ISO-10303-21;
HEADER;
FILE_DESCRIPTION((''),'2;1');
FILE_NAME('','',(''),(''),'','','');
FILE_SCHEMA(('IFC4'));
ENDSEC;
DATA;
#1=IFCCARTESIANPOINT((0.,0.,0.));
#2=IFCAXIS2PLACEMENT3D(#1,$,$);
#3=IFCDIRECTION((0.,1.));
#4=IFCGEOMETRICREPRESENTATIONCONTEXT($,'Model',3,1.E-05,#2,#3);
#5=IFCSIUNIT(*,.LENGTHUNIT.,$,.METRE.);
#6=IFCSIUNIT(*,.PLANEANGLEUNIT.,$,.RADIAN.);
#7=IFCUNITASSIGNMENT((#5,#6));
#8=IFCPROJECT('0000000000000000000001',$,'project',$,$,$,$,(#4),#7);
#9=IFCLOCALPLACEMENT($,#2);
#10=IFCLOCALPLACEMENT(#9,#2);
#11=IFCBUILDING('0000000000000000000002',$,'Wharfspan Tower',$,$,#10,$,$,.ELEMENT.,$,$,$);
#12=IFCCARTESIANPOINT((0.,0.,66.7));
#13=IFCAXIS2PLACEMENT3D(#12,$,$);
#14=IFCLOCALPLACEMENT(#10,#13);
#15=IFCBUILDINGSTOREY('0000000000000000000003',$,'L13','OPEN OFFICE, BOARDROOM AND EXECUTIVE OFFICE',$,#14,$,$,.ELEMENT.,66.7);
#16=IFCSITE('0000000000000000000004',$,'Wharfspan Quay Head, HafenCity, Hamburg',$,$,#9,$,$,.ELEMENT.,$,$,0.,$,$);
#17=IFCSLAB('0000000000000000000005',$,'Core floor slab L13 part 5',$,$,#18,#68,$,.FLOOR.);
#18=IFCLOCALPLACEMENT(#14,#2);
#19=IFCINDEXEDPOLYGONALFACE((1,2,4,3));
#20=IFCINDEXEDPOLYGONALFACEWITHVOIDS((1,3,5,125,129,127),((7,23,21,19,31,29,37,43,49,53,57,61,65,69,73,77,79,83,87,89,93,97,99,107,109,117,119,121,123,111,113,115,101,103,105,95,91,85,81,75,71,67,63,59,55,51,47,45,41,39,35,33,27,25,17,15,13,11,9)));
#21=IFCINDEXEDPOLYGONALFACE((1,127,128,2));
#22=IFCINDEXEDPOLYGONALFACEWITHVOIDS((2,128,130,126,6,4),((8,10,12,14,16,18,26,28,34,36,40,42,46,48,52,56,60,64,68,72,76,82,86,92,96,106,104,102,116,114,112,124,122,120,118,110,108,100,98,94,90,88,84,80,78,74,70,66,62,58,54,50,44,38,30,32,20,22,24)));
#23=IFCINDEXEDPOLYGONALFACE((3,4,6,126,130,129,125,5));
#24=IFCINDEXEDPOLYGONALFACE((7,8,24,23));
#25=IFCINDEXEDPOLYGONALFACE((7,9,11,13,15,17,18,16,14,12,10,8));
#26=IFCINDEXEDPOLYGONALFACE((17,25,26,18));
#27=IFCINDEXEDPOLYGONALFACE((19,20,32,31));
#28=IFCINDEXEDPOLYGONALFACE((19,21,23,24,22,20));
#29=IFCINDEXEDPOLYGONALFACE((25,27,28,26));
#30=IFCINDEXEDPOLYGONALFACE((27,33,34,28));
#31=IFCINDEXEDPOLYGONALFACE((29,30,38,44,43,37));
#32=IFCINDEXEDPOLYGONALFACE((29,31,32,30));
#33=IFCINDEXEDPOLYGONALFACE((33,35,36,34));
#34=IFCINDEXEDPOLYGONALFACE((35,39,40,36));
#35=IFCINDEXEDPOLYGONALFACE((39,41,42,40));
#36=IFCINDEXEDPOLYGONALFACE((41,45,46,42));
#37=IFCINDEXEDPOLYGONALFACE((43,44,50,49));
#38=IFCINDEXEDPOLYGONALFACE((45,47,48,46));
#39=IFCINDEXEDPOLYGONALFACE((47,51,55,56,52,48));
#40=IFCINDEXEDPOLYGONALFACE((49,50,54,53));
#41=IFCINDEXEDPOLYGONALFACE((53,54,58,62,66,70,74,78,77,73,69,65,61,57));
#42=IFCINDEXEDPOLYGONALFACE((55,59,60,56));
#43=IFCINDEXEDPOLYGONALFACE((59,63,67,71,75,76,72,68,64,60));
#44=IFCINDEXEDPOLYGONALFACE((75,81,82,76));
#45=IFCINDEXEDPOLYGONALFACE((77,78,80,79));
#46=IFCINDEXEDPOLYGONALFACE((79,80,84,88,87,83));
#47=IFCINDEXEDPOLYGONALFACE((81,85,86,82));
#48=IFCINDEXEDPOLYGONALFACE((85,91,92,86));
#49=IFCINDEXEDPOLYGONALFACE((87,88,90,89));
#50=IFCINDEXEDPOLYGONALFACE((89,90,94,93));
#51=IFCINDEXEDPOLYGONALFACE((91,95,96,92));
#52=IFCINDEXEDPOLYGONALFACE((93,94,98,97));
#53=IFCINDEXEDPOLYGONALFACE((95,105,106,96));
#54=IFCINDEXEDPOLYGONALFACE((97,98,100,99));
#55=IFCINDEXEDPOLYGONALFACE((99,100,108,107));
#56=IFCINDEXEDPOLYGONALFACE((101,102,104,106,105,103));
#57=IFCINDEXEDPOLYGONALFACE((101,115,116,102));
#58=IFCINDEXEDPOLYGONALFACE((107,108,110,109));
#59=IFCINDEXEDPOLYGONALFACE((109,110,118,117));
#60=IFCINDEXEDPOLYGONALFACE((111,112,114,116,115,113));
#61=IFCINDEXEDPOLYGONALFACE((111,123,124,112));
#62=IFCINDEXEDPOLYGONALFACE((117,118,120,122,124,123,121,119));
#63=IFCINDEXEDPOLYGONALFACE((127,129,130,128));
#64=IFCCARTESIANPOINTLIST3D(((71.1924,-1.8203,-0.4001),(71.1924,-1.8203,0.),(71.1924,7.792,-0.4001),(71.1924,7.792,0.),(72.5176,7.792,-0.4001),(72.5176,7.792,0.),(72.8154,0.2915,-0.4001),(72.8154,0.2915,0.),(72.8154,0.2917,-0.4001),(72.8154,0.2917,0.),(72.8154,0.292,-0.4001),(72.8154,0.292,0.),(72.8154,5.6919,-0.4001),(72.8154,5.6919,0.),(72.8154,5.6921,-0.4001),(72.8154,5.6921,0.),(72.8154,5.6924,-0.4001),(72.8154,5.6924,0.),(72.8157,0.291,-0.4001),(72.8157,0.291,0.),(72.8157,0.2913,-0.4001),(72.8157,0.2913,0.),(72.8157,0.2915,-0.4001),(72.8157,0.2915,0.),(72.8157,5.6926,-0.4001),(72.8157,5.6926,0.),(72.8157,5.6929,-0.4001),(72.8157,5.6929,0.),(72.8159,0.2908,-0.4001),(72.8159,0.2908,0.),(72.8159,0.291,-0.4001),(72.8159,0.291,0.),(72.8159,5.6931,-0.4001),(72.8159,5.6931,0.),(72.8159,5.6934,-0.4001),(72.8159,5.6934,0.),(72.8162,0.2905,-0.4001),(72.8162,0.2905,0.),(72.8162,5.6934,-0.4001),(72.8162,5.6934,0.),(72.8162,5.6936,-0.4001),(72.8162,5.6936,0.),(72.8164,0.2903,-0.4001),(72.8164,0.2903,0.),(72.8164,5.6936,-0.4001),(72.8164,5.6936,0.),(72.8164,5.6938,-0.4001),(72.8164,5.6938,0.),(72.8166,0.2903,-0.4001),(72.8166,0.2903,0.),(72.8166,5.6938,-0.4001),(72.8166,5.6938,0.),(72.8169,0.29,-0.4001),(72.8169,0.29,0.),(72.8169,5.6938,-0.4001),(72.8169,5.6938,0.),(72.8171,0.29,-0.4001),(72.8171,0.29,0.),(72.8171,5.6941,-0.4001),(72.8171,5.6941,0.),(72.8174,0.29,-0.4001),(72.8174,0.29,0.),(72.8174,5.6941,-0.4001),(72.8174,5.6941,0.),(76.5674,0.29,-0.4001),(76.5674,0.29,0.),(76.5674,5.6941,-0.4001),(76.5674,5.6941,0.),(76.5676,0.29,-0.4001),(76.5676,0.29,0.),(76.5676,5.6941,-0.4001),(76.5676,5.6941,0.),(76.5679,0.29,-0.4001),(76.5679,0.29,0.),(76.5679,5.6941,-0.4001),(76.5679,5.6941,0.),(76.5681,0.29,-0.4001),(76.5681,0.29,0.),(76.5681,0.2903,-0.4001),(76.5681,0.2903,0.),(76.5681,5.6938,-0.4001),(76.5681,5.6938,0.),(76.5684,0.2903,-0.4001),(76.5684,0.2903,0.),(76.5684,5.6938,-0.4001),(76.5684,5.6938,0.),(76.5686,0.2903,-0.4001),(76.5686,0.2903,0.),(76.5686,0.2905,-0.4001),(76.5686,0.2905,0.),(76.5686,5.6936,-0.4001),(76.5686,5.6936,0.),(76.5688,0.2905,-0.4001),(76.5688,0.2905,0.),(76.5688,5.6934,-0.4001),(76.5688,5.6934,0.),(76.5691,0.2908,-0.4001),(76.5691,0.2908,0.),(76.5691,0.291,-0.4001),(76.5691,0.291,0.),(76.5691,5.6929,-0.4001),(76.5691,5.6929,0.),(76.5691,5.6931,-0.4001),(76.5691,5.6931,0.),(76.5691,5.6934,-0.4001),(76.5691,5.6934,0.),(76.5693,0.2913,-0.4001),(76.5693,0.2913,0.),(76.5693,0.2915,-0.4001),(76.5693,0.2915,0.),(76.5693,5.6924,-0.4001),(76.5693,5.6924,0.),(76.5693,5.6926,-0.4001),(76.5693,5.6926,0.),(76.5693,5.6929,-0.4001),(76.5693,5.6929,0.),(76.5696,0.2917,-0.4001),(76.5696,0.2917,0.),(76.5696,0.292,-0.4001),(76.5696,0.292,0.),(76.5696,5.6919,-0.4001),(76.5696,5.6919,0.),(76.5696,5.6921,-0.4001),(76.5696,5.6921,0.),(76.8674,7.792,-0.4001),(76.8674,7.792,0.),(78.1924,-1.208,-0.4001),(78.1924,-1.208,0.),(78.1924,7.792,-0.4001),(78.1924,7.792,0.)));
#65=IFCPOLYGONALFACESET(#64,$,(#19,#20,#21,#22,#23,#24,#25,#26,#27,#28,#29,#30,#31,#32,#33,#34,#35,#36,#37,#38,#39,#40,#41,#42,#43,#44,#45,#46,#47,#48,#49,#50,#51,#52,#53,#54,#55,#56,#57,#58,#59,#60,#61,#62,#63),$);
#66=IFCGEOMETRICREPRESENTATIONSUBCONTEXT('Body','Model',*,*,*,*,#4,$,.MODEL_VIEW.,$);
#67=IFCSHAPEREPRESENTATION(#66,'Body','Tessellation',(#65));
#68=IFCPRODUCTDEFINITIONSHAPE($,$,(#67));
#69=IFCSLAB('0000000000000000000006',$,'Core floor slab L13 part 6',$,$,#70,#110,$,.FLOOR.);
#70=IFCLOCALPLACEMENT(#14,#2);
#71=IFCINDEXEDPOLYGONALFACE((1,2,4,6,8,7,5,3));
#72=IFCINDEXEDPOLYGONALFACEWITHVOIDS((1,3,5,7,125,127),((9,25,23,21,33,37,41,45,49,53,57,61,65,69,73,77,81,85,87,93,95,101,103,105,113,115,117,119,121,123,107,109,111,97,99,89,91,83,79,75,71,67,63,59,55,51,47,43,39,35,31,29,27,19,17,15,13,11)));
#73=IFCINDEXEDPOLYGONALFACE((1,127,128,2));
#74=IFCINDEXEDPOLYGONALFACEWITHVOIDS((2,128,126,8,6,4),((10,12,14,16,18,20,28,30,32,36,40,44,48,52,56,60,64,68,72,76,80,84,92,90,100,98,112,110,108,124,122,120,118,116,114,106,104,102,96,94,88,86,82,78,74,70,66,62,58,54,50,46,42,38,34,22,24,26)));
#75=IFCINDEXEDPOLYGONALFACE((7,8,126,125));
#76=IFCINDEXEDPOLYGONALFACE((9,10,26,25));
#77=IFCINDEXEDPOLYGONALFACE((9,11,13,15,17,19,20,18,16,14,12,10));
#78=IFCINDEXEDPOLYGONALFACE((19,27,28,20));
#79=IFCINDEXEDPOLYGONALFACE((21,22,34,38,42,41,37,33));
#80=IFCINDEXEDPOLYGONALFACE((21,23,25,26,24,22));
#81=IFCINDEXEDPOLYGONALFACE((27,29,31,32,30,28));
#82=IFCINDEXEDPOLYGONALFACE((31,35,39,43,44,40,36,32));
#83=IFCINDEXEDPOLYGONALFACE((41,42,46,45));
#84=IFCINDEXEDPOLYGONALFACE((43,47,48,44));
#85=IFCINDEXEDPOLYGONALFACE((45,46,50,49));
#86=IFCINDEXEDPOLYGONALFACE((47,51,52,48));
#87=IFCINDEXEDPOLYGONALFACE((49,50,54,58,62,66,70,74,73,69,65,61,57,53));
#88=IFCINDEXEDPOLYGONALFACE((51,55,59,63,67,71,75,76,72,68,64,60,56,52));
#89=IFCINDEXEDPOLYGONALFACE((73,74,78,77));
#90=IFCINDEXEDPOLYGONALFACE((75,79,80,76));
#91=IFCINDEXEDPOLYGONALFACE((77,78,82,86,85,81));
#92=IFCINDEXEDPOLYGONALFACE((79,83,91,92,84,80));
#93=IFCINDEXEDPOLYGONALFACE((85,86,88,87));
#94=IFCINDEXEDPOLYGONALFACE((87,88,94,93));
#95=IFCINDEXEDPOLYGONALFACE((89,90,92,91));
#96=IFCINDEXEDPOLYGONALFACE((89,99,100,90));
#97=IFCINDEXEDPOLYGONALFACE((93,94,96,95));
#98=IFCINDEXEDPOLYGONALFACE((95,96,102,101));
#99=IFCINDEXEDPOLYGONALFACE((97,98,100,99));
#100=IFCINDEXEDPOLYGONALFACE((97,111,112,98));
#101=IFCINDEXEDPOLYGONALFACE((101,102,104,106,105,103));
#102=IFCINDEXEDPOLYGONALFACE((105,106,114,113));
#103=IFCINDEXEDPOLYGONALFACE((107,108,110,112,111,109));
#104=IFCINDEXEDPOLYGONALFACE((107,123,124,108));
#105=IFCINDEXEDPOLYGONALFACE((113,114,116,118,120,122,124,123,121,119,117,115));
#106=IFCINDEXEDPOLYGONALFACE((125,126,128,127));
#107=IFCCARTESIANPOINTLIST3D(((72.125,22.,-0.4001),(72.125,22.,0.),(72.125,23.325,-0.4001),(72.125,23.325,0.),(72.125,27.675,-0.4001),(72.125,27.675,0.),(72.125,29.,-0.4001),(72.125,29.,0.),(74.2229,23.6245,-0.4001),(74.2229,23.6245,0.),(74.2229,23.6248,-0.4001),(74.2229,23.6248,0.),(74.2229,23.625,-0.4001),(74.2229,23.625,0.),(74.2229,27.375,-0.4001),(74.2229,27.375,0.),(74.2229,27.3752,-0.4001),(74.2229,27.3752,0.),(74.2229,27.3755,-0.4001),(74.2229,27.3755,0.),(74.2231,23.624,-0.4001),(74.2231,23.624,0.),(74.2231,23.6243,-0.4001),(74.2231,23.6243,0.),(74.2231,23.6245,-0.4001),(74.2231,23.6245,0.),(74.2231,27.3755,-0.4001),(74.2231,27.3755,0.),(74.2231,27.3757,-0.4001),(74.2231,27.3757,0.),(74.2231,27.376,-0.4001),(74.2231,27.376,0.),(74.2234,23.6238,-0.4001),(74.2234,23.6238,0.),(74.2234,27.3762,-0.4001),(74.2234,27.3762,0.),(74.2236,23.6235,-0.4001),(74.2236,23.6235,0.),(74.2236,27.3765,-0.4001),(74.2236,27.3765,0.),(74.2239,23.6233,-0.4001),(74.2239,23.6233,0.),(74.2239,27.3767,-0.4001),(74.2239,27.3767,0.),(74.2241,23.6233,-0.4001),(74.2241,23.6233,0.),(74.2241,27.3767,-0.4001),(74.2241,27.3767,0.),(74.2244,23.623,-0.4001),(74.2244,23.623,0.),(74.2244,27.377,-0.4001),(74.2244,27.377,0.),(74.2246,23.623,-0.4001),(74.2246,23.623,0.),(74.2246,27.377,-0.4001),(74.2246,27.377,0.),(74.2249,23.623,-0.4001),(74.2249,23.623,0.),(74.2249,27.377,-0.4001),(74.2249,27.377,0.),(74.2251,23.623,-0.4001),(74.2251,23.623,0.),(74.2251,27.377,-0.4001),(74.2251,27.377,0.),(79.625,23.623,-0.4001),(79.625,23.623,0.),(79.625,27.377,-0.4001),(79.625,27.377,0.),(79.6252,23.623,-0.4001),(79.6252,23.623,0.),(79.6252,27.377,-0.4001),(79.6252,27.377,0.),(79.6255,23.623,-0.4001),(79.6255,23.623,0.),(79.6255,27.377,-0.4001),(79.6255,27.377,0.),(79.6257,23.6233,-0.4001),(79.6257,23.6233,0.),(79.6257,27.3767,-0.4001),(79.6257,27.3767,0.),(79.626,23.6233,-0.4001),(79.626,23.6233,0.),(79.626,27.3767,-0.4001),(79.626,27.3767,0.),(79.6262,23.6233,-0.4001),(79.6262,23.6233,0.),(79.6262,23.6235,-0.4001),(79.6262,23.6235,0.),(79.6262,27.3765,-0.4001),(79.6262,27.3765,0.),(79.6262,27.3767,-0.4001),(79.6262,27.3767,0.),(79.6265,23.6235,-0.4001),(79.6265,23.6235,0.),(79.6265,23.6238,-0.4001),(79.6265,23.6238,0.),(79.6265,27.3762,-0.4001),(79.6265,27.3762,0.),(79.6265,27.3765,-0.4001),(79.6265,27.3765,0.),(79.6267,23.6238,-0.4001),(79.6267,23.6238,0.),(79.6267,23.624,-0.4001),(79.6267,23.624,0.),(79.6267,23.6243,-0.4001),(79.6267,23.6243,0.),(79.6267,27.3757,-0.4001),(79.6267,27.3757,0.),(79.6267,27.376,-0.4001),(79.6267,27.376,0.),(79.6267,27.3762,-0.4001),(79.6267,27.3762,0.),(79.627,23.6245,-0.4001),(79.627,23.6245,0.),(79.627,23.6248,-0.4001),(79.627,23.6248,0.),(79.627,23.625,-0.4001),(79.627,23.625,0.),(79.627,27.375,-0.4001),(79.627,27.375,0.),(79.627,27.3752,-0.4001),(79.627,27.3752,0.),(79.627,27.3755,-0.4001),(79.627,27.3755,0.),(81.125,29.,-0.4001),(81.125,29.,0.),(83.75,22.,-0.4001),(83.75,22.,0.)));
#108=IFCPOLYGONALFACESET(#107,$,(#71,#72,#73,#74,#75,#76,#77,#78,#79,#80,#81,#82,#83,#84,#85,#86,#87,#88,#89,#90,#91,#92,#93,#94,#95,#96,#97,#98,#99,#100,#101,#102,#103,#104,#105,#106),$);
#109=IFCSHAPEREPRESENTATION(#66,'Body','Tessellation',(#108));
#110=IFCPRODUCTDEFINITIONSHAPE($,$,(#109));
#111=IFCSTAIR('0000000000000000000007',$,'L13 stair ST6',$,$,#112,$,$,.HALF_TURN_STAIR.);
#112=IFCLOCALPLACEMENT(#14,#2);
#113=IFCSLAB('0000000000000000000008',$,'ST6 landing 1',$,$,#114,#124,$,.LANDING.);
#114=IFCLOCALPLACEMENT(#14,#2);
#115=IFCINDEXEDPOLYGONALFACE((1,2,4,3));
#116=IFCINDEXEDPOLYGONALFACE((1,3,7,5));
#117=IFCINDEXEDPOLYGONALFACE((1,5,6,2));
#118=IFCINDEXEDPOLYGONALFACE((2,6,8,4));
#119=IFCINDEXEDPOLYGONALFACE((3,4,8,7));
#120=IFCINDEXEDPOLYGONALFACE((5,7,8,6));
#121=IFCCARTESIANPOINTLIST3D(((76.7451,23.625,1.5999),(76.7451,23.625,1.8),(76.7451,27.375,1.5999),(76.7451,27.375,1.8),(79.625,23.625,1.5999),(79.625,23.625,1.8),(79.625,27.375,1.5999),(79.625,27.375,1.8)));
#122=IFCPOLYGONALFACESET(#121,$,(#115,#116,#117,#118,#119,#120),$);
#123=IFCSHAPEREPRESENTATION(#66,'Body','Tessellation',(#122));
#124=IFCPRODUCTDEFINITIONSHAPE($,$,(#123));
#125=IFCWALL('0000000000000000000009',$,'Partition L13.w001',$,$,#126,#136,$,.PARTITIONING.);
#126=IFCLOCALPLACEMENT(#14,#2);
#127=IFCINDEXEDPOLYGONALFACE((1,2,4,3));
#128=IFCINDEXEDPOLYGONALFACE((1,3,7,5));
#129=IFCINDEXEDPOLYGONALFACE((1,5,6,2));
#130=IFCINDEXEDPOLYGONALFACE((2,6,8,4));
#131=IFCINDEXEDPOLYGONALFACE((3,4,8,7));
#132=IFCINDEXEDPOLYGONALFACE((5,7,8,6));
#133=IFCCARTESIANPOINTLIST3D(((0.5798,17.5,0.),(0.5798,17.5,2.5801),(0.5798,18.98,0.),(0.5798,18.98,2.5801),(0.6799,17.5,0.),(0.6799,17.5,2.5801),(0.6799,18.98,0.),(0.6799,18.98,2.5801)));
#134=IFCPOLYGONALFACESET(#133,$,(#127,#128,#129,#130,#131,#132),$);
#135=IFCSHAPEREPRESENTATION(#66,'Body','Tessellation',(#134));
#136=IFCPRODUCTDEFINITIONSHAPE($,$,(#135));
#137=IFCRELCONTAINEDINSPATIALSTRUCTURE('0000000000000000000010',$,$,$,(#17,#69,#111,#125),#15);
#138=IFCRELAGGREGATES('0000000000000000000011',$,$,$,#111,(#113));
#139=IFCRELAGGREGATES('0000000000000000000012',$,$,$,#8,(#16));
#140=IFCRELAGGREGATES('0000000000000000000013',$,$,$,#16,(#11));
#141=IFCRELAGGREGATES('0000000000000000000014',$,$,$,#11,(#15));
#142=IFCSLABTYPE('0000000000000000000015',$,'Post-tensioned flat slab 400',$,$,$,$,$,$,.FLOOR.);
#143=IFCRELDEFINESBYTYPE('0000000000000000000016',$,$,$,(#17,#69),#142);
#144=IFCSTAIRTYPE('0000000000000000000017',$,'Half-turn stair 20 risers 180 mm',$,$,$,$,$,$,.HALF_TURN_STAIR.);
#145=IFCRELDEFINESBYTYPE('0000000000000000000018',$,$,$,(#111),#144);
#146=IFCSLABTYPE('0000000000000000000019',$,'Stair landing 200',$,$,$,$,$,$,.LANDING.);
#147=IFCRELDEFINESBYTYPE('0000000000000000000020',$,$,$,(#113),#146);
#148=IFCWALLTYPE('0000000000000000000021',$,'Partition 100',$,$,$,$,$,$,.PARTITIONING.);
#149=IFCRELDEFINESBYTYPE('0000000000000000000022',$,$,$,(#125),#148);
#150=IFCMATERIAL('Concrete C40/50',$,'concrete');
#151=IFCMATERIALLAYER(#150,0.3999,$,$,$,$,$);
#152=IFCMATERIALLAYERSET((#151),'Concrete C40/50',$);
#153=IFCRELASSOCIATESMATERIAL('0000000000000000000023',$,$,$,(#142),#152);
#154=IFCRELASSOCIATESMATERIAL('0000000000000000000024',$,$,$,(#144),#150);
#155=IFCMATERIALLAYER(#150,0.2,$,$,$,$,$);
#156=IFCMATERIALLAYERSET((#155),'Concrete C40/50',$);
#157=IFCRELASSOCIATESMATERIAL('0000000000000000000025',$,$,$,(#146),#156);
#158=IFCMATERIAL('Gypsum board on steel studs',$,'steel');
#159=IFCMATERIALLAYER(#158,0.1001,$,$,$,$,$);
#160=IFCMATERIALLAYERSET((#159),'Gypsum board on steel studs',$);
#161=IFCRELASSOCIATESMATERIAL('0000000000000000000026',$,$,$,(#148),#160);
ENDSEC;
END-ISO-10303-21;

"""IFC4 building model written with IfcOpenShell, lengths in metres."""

from ifc_helpers import new_model, si_unit, direction, frame, frame_2d, origin, place, context, subcontext, project, spatial, polyline, rectangle, outline, extrude, material, layer, layer_set, type_object, element, aggregate, save


model = new_model("IFC4")

# Units and contexts
model_context = context("Model", 3, precision=1e-05, world=origin(), true_north=direction((0.0, 1.0)))
body_context = subcontext(model_context, "Body", "Model", "MODEL_VIEW")
ifc_project = project(units=[si_unit("LENGTHUNIT", "METRE"), si_unit("PLANEANGLEUNIT", "RADIAN")], contexts=[model_context])

# Site, building, storey
site_placement = place(None, origin())
site = spatial("IfcSite", under=ifc_project, at=site_placement, Name="Wharfspan Quay Head, HafenCity, Hamburg", CompositionType="ELEMENT", RefElevation=0.0)
building_placement = place(site_placement, origin())
building = spatial("IfcBuilding", under=site, at=building_placement, Name="Wharfspan Tower", CompositionType="ELEMENT")
storey_placement = place(building_placement, frame((0.0, 0.0, 66.7)))
storey = spatial("IfcBuildingStorey", under=building, at=storey_placement, Name="L13", Description="OPEN OFFICE, BOARDROOM AND EXECUTIVE OFFICE", CompositionType="ELEMENT", Elevation=66.7)

# Slabs
ifc_material_1 = material(Name="Concrete C40/50", Category="concrete")
ifc_layer_1 = layer(ifc_material_1, 0.3999)
ifc_layer_set_1 = layer_set([ifc_layer_1], Name="Concrete C40/50")
slab_type_1 = type_object("IfcSlabType", Name="Post-tensioned flat slab 400", PredefinedType="FLOOR", material=ifc_layer_set_1)
slab_1_placement = place(storey_placement, frame((0.0, 0.0, -0.4001)))
element("IfcSlab", 1, at=slab_1_placement, inside=storey, type_object=slab_type_1, Name="Core floor slab L13 part 5", PredefinedType="FLOOR", context=body_context, shape_type="SweptSolid", body=[
    extrude(outline(polyline([(78.1924, 7.792), (76.8674, 7.792), (72.5176, 7.792), (71.1924, 7.792), (71.1924, -1.8203), (78.1924, -1.208), (78.1924, 7.792)]), holes=[polyline([(76.5674, 5.6941), (76.5676, 5.6941), (76.5679, 5.6941), (76.5681, 5.6938), (76.5681, 5.6938), (76.5684, 5.6938), (76.5686, 5.6936), (76.5686, 5.6936), (76.5688, 5.6934), (76.5691, 5.6934), (76.5691, 5.6931), (76.5691, 5.6929), (76.5693, 5.6929), (76.5693, 5.6926), (76.5693, 5.6924), (76.5696, 5.6921), (76.5696, 5.6919), (76.5696, 0.292), (76.5696, 0.2917), (76.5693, 0.2915), (76.5693, 0.2915), (76.5693, 0.2913), (76.5691, 0.291), (76.5691, 0.291), (76.5691, 0.2908), (76.5688, 0.2905), (76.5686, 0.2905), (76.5686, 0.2903), (76.5684, 0.2903), (76.5681, 0.2903), (76.5681, 0.29), (76.5679, 0.29), (76.5676, 0.29), (76.5674, 0.29), (72.8174, 0.29), (72.8174, 0.29), (72.8171, 0.29), (72.8169, 0.29), (72.8166, 0.2903), (72.8164, 0.2903), (72.8164, 0.2903), (72.8162, 0.2905), (72.8162, 0.2905), (72.8159, 0.2908), (72.8159, 0.291), (72.8157, 0.291), (72.8157, 0.2913), (72.8157, 0.2915), (72.8154, 0.2915), (72.8154, 0.2917), (72.8154, 0.292), (72.8154, 5.6919), (72.8154, 5.6921), (72.8154, 5.6924), (72.8157, 5.6926), (72.8157, 5.6929), (72.8157, 5.6929), (72.8159, 5.6931), (72.8159, 5.6934), (72.8162, 5.6934), (72.8162, 5.6936), (72.8164, 5.6936), (72.8164, 5.6938), (72.8166, 5.6938), (72.8169, 5.6938), (72.8171, 5.6941), (72.8174, 5.6941), (72.8174, 5.6941), (76.5674, 5.6941)])]), origin(), (0.0, 0.0, 1.0), 0.4001),
])
slab_2_placement = place(storey_placement, frame((0.0, 0.0, -0.4001)))
element("IfcSlab", 2, at=slab_2_placement, inside=storey, type_object=slab_type_1, Name="Core floor slab L13 part 6", PredefinedType="FLOOR", context=body_context, shape_type="SweptSolid", body=[
    extrude(outline(polyline([(81.125, 29.0), (72.125, 29.0), (72.125, 27.675), (72.125, 23.325), (72.125, 22.0), (83.75, 22.0), (81.125, 29.0)]), holes=[polyline([(74.2229, 27.375), (74.2229, 27.3752), (74.2229, 27.3755), (74.2231, 27.3755), (74.2231, 27.3757), (74.2231, 27.376), (74.2234, 27.3762), (74.2234, 27.3762), (74.2236, 27.3765), (74.2236, 27.3765), (74.2239, 27.3767), (74.2241, 27.3767), (74.2241, 27.3767), (74.2244, 27.377), (74.2246, 27.377), (74.2249, 27.377), (74.2251, 27.377), (79.625, 27.377), (79.6252, 27.377), (79.6255, 27.377), (79.6255, 27.377), (79.6257, 27.3767), (79.626, 27.3767), (79.6262, 27.3767), (79.6262, 27.3765), (79.6265, 27.3765), (79.6265, 27.3762), (79.6267, 27.3762), (79.6267, 27.376), (79.6267, 27.3757), (79.627, 27.3755), (79.627, 27.3755), (79.627, 27.3752), (79.627, 27.375), (79.627, 23.625), (79.627, 23.6248), (79.627, 23.6245), (79.627, 23.6245), (79.6267, 23.6243), (79.6267, 23.624), (79.6267, 23.6238), (79.6265, 23.6238), (79.6265, 23.6235), (79.6262, 23.6235), (79.6262, 23.6233), (79.626, 23.6233), (79.6257, 23.6233), (79.6255, 23.623), (79.6255, 23.623), (79.6252, 23.623), (79.625, 23.623), (74.2251, 23.623), (74.2249, 23.623), (74.2246, 23.623), (74.2244, 23.623), (74.2241, 23.6233), (74.2241, 23.6233), (74.2239, 23.6233), (74.2236, 23.6235), (74.2236, 23.6235), (74.2234, 23.6238), (74.2234, 23.6238), (74.2231, 23.624), (74.2231, 23.6243), (74.2231, 23.6245), (74.2229, 23.6245), (74.2229, 23.6248), (74.2229, 23.625), (74.2229, 27.375)])]), origin(), (0.0, 0.0, 1.0), 0.4001),
])

# Stair, slab
stair_type = type_object("IfcStairType", Name="Half-turn stair 20 risers 180 mm", PredefinedType="HALF_TURN_STAIR", material=ifc_material_1)
stair_placement = place(storey_placement, origin())
stair = element("IfcStair", 3, at=stair_placement, inside=storey, type_object=stair_type, Name="L13 stair ST6", PredefinedType="HALF_TURN_STAIR")
ifc_layer_2 = layer(ifc_material_1, 0.2)
ifc_layer_set_2 = layer_set([ifc_layer_2], Name="Concrete C40/50")
slab_type_2 = type_object("IfcSlabType", Name="Stair landing 200", PredefinedType="LANDING", material=ifc_layer_set_2)
slab_3_placement = place(storey_placement, frame((0.0, 0.0, 1.5999)))
slab_3 = element("IfcSlab", 4, at=slab_3_placement, type_object=slab_type_2, Name="ST6 landing 1", PredefinedType="LANDING", context=body_context, shape_type="SweptSolid", body=[
    extrude(outline(polyline([(76.7451, 23.625), (79.625, 23.625), (79.625, 27.375), (76.7451, 27.375), (76.7451, 23.625)])), origin(), (0.0, 0.0, 1.0), 0.2002),
])
aggregate(stair, [slab_3])

# Wall
ifc_material_2 = material(Name="Gypsum board on steel studs", Category="steel")
ifc_layer_3 = layer(ifc_material_2, 0.1001)
ifc_layer_set_3 = layer_set([ifc_layer_3], Name="Gypsum board on steel studs")
wall_type_1 = type_object("IfcWallType", Name="Partition 100", PredefinedType="PARTITIONING", material=ifc_layer_set_3)
wall_1_placement = place(storey_placement, frame((0.6299, 17.5, 0.0), z_axis=(0.0, 0.0, 1.0), x_axis=(0.0, 1.0, 0.0)))
element("IfcWall", 5, at=wall_1_placement, inside=storey, type_object=wall_type_1, Name="Partition L13.w001", PredefinedType="PARTITIONING", context=body_context, shape_type="SweptSolid", body=[
    extrude(rectangle(XDim=1.48, YDim=0.1001, at=frame_2d((0.74, 0.0))), origin(), (0.0, 0.0, 1.0), 2.5801),
])

save(model, "model.ifc")
